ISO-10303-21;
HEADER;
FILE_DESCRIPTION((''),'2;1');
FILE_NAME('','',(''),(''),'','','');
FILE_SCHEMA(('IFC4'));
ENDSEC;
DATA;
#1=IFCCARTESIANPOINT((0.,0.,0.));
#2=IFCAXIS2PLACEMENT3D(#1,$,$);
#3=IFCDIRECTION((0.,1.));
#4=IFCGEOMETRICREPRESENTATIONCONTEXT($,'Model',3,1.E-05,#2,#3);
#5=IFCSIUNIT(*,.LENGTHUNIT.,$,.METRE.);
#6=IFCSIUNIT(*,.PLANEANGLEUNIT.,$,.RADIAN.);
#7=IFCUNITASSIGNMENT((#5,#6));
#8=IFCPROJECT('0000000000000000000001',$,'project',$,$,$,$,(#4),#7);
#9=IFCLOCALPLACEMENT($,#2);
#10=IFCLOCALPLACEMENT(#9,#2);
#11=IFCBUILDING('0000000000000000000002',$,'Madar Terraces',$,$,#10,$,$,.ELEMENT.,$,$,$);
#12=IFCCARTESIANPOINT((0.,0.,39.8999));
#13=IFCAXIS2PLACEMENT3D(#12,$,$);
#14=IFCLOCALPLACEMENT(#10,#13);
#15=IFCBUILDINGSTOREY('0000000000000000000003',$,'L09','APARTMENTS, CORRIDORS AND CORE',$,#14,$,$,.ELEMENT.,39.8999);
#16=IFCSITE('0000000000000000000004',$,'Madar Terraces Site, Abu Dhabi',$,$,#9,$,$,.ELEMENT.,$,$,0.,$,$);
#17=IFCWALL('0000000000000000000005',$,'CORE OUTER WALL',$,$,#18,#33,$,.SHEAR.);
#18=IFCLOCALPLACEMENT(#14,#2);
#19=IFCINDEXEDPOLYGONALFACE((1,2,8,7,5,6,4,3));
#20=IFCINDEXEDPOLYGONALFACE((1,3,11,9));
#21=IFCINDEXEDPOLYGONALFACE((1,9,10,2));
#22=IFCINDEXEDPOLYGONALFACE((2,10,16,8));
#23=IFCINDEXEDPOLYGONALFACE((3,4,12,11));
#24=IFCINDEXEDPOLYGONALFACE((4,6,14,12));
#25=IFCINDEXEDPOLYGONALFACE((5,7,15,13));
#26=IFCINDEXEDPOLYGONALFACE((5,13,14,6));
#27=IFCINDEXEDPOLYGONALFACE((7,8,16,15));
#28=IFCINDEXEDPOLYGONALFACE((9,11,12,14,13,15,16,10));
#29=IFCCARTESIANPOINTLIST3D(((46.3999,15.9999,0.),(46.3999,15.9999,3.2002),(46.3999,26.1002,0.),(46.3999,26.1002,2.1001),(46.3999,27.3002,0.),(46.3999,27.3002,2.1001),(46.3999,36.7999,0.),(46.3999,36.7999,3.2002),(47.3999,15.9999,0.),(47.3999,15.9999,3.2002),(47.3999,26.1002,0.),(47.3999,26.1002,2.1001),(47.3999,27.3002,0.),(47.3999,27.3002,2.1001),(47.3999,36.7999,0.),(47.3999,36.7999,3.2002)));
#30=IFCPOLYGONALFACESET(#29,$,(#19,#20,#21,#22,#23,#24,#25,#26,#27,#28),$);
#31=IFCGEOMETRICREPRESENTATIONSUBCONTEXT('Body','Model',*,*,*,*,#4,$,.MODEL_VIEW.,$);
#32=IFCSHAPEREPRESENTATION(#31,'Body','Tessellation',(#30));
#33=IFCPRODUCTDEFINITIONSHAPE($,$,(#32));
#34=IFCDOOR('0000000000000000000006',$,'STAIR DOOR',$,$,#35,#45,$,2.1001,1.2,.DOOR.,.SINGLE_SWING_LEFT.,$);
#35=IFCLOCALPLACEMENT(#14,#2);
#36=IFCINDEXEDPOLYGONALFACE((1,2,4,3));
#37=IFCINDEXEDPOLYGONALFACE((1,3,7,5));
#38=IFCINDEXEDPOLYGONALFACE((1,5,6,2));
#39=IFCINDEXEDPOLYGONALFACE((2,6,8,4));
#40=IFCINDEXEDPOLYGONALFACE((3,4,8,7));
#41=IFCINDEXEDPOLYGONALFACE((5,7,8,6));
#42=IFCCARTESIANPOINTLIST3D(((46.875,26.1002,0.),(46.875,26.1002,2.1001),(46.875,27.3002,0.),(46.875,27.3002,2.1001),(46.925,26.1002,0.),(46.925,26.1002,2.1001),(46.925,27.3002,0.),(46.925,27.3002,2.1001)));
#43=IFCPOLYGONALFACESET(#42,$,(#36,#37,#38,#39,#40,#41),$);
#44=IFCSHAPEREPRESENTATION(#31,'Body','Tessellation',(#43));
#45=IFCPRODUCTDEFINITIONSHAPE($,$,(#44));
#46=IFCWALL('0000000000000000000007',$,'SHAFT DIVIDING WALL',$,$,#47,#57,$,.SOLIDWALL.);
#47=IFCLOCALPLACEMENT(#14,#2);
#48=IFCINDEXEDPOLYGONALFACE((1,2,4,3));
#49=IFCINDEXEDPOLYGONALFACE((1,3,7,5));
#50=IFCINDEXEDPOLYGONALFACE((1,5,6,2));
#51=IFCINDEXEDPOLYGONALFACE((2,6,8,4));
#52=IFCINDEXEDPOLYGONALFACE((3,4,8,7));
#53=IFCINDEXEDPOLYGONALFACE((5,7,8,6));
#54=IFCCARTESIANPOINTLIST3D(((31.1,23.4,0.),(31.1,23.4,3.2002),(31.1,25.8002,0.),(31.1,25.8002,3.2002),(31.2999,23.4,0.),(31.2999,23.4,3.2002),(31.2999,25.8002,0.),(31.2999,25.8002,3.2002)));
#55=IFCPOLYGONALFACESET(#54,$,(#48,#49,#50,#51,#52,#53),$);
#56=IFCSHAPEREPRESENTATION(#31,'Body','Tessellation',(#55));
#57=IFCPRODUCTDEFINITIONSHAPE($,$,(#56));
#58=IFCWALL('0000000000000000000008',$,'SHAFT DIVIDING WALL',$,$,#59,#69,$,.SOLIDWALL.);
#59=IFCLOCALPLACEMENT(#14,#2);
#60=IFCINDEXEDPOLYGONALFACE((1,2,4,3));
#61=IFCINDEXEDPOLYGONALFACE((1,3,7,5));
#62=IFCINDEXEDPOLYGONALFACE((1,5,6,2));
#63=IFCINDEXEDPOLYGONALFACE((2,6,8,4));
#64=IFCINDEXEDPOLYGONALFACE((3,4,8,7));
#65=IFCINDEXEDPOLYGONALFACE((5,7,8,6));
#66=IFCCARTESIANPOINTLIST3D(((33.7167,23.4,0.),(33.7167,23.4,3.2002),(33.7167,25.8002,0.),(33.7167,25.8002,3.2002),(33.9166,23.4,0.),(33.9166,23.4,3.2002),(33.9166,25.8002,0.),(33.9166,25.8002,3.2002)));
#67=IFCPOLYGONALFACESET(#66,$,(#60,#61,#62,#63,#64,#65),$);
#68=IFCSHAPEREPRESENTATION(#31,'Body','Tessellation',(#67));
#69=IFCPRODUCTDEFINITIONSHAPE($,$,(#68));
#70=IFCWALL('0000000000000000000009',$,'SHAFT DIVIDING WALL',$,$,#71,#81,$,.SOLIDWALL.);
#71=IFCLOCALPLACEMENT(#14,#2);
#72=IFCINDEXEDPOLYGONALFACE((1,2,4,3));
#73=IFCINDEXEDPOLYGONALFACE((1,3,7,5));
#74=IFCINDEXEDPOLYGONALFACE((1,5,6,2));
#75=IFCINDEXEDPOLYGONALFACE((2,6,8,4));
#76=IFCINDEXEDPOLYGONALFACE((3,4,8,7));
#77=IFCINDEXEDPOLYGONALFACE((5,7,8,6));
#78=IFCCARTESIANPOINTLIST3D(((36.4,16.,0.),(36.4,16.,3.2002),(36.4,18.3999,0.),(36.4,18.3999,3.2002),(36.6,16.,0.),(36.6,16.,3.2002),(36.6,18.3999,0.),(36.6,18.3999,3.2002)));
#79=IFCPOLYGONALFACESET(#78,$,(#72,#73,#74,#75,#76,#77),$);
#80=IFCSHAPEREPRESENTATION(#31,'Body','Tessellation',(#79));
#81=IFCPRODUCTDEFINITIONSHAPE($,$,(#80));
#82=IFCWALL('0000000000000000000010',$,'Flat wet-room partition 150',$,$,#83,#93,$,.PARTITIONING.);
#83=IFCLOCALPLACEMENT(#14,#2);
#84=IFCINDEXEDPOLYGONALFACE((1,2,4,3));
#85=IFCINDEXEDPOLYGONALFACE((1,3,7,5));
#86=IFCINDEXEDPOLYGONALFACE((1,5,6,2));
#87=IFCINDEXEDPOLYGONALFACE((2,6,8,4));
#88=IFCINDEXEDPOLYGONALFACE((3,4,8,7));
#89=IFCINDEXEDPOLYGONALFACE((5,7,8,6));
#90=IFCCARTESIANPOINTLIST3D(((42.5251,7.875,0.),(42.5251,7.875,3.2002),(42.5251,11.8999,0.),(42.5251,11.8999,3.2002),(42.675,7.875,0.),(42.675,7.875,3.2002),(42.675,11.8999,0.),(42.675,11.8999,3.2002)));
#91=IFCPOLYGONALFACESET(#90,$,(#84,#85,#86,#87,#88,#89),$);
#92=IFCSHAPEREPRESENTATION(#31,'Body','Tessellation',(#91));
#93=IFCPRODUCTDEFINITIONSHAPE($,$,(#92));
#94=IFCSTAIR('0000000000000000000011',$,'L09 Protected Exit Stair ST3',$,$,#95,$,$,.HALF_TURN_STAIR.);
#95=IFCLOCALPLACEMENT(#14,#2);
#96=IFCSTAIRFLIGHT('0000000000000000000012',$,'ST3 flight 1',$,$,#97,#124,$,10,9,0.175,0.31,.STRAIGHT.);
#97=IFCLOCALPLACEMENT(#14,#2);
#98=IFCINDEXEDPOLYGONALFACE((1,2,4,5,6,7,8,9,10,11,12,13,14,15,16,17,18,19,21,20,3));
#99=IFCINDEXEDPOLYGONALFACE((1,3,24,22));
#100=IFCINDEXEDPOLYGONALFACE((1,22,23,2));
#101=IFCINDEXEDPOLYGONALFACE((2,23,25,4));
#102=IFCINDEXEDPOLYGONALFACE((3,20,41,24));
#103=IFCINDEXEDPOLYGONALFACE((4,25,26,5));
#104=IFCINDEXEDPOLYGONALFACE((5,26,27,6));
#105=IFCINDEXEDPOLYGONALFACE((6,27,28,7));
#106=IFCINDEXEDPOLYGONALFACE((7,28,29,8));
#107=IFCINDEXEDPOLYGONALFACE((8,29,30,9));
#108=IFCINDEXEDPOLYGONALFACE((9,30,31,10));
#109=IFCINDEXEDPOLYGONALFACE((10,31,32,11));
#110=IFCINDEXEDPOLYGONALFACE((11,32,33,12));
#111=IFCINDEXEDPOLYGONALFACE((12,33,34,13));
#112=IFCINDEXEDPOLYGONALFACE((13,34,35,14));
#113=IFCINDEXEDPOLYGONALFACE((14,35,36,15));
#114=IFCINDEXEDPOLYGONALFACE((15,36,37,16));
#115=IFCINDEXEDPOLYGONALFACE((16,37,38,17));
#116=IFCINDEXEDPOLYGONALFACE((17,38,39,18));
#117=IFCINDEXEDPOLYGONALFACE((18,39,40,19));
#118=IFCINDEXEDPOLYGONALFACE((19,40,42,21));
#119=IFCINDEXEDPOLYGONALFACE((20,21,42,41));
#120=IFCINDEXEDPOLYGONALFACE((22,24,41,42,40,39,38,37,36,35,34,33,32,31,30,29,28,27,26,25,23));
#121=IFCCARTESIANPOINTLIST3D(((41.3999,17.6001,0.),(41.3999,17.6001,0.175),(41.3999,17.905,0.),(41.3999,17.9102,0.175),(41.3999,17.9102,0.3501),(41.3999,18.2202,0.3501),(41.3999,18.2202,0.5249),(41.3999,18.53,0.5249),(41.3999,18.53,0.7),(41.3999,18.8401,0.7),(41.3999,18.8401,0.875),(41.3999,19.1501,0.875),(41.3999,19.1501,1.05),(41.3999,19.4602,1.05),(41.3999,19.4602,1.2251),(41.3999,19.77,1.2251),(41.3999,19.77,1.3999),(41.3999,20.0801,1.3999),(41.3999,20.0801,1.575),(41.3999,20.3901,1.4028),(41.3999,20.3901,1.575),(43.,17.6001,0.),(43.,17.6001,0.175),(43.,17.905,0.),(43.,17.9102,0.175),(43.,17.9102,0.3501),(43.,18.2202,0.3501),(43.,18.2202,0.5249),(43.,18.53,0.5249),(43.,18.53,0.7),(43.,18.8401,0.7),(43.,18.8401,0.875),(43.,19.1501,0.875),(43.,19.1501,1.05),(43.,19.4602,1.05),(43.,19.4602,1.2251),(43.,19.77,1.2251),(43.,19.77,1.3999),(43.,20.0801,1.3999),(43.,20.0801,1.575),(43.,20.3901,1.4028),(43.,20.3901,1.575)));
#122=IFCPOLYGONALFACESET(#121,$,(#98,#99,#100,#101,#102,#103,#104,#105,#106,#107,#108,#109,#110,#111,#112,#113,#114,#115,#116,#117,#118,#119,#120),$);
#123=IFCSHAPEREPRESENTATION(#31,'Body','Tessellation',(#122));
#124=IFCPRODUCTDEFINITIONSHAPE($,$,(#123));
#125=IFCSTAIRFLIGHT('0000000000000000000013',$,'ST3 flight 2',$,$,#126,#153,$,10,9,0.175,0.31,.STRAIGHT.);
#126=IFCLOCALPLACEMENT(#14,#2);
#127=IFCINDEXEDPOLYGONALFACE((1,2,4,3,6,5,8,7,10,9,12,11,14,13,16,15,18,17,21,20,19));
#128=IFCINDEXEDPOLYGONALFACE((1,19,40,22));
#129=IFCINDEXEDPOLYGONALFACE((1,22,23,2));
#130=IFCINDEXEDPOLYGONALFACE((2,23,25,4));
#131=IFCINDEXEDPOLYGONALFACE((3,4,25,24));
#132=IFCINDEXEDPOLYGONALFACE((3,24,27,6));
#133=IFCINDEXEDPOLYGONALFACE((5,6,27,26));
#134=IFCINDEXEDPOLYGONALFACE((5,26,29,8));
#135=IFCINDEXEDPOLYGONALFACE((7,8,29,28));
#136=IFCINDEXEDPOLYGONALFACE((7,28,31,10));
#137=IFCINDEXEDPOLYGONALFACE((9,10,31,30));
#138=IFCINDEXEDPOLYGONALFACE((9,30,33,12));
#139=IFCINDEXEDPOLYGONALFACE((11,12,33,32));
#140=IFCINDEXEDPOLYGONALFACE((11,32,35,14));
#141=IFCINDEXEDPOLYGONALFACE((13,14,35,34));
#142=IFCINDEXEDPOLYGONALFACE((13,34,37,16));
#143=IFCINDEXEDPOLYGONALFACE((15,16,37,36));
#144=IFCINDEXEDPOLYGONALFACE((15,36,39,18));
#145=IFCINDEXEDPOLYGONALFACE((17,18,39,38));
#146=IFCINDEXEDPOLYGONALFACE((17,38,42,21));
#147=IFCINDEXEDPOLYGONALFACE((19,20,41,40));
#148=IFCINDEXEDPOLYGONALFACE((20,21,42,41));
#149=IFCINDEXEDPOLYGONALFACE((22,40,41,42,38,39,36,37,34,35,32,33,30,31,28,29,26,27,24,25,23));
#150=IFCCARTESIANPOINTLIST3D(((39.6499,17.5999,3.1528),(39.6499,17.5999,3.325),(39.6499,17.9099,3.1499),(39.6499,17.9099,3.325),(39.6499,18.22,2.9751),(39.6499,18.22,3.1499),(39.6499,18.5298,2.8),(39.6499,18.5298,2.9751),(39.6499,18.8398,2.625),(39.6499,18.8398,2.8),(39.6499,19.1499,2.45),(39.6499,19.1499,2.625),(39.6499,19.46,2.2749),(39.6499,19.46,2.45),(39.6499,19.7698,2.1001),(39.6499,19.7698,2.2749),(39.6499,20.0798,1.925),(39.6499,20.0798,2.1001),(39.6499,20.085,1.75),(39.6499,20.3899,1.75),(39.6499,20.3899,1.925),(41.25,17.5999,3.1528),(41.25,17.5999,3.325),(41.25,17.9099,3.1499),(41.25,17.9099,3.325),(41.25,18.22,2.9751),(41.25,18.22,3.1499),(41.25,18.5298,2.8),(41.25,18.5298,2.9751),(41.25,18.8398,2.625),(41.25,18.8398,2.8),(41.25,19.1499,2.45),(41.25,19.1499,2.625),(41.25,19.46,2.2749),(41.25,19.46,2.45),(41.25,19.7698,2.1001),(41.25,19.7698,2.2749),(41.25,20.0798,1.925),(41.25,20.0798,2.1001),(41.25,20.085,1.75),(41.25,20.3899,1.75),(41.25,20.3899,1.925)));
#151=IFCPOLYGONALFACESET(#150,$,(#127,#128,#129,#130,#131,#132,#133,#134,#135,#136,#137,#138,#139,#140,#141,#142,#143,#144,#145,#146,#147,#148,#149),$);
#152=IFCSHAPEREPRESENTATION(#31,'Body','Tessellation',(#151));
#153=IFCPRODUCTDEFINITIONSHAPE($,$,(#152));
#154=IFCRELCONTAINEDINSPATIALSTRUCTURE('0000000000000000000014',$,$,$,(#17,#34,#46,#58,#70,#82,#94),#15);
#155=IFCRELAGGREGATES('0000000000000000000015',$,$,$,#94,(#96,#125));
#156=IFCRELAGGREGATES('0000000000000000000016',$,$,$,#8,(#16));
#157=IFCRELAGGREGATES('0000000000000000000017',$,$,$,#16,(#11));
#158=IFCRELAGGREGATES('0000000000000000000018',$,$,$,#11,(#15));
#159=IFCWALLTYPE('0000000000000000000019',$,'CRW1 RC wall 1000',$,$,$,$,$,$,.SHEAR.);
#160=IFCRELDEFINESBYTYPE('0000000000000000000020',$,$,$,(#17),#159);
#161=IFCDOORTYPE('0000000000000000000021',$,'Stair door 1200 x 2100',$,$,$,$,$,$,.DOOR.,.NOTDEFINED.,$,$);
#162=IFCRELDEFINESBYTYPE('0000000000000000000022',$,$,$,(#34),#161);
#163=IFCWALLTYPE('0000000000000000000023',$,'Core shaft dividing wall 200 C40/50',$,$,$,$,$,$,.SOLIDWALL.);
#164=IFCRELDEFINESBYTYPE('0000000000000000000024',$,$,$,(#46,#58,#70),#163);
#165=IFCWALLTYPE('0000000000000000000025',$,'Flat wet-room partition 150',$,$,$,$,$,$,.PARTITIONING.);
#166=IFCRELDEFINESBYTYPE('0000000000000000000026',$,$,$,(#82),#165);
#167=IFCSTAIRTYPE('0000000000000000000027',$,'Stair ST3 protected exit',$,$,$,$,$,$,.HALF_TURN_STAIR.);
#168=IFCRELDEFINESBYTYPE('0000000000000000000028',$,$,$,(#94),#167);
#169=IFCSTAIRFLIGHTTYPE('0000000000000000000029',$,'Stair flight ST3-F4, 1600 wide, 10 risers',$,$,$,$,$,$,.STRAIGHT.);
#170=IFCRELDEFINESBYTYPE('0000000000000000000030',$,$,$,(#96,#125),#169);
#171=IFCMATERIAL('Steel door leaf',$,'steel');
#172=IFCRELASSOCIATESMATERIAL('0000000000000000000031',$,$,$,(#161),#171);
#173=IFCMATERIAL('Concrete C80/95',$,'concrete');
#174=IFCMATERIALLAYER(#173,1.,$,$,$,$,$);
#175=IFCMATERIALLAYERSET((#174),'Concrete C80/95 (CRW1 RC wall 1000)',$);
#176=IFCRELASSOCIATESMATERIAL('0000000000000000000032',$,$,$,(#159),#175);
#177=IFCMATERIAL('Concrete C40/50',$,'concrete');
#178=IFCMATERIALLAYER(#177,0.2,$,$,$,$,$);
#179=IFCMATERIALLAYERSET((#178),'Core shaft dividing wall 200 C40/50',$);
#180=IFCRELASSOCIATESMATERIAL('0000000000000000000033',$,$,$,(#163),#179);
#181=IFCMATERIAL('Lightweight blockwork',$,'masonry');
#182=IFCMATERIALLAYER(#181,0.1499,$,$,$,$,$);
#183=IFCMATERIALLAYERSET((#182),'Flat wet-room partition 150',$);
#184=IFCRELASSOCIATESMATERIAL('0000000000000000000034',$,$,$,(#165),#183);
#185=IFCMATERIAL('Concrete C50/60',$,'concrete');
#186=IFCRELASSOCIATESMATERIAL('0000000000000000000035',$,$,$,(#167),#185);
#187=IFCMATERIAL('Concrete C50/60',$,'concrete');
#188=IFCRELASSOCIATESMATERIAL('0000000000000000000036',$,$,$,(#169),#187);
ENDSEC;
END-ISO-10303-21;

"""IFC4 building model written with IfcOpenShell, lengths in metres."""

from ifc_helpers import new_model, si_unit, direction, frame, frame_2d, origin, place, context, subcontext, project, spatial, polyline, rectangle, outline, extrude, material, layer, layer_set, type_object, element, fill, aggregate, save


model = new_model("IFC4")

# Units and contexts
model_context = context("Model", 3, precision=1e-05, world=origin(), true_north=direction((0.0, 1.0)))
body_context = subcontext(model_context, "Body", "Model", "MODEL_VIEW")
ifc_project = project(units=[si_unit("LENGTHUNIT", "METRE"), si_unit("PLANEANGLEUNIT", "RADIAN")], contexts=[model_context])

# Site, building, storey
site_placement = place(None, origin())
site = spatial("IfcSite", under=ifc_project, at=site_placement, Name="Madar Terraces Site, Abu Dhabi", CompositionType="ELEMENT", RefElevation=0.0)
building_placement = place(site_placement, origin())
building = spatial("IfcBuilding", under=site, at=building_placement, Name="Madar Terraces", CompositionType="ELEMENT")
storey_placement = place(building_placement, frame((0.0, 0.0, 39.8999)))
storey = spatial("IfcBuildingStorey", under=building, at=storey_placement, Name="L09", Description="APARTMENTS, CORRIDORS AND CORE", CompositionType="ELEMENT", Elevation=39.8999)

# Shared definitions
ifc_material_1 = material(Name="Steel door leaf", Category="steel")
door_type_1 = type_object("IfcDoorType", Name="Stair door 1200 x 2100", OperationType="NOTDEFINED", PredefinedType="DOOR", material=ifc_material_1)

# Wall, opening, door
ifc_material_2 = material(Name="Concrete C80/95", Category="concrete")
ifc_layer_1 = layer(ifc_material_2, 1.0)
ifc_layer_set_1 = layer_set([ifc_layer_1], Name="Concrete C80/95 (CRW1 RC wall 1000)")
wall_type_1 = type_object("IfcWallType", Name="CRW1 RC wall 1000", PredefinedType="SHEAR", material=ifc_layer_set_1)
wall_1_placement = place(storey_placement, frame((46.8999, 16.0, 0.0), z_axis=(0.0, 0.0, 1.0), x_axis=(0.0, 1.0, 0.0)))
wall_1 = element("IfcWall", 1, at=wall_1_placement, inside=storey, type_object=wall_type_1, Name="CORE OUTER WALL", PredefinedType="SHEAR", context=body_context, shape_type="SweptSolid", body=[
    extrude(rectangle(XDim=20.8, YDim=1.0, at=frame_2d((10.3999, 0.0))), origin(), (0.0, 0.0, 1.0), 3.2002),
])
opening_1_placement = place(wall_1_placement, frame((10.1001, 0.0, 0.0)))
opening_1 = element("IfcOpeningElement", 2, at=opening_1_placement, cuts=wall_1, PredefinedType="OPENING", context=body_context, shape_type="SweptSolid", body=[
    extrude(rectangle(XDim=1.2, YDim=2.1001, at=frame_2d((0.6001, 1.05))), frame((0.0, 0.51, 0.0), z_axis=(0.0, -1.0, 0.0), x_axis=(1.0, 0.0, 0.0)), (0.0, 0.0, 1.0), 1.02),
])
door_1_placement = place(opening_1_placement, origin())
door_1 = element("IfcDoor", 3, at=door_1_placement, inside=storey, type_object=door_type_1, Name="STAIR DOOR", OperationType="SINGLE_SWING_LEFT", OverallHeight=2.1001, OverallWidth=1.2, PredefinedType="DOOR", context=body_context, shape_type="SweptSolid", body=[
    extrude(rectangle(XDim=1.2, YDim=2.1001, at=frame_2d((0.6001, 1.05))), frame((0.0, 0.0249, 0.0), z_axis=(0.0, -1.0, 0.0), x_axis=(1.0, 0.0, 0.0)), (0.0, 0.0, 1.0), 0.05),
])
fill(opening_1, door_1)

# Walls
ifc_material_3 = material(Name="Concrete C40/50", Category="concrete")
ifc_layer_2 = layer(ifc_material_3, 0.2)
ifc_layer_set_2 = layer_set([ifc_layer_2], Name="Core shaft dividing wall 200 C40/50")
wall_type_2 = type_object("IfcWallType", Name="Core shaft dividing wall 200 C40/50", PredefinedType="SOLIDWALL", material=ifc_layer_set_2)
for number, where, z_axis, x_axis, name in (
    (4, (31.2, 23.3999, 0.0), (0.0, 0.0, 1.0), (0.0, 1.0, 0.0), "SHAFT DIVIDING WALL"),
    (5, (33.8167, 23.3999, 0.0), (0.0, 0.0, 1.0), (0.0, 1.0, 0.0), "SHAFT DIVIDING WALL"),
):
    element("IfcWall", number, at=place(storey_placement, frame(where, z_axis=z_axis, x_axis=x_axis)), inside=storey, type_object=wall_type_2, Name=name, PredefinedType="SOLIDWALL", context=body_context, shape_type="SweptSolid", body=[
        extrude(rectangle(XDim=2.4001, YDim=0.2, at=frame_2d((1.2002, 0.0))), origin(), (0.0, 0.0, 1.0), 3.2002),
    ])
wall_2_placement = place(storey_placement, frame((36.5, 16.0, 0.0), z_axis=(0.0, 0.0, 1.0), x_axis=(0.0, 1.0, 0.0)))
element("IfcWall", 6, at=wall_2_placement, inside=storey, type_object=wall_type_2, Name="SHAFT DIVIDING WALL", PredefinedType="SOLIDWALL", context=body_context, shape_type="SweptSolid", body=[
    extrude(rectangle(XDim=2.3999, YDim=0.2, at=frame_2d((1.2, 0.0))), origin(), (0.0, 0.0, 1.0), 3.2002),
])
ifc_material_4 = material(Name="Lightweight blockwork", Category="masonry")
ifc_layer_3 = layer(ifc_material_4, 0.1499)
ifc_layer_set_3 = layer_set([ifc_layer_3], Name="Flat wet-room partition 150")
wall_type_3 = type_object("IfcWallType", Name="Flat wet-room partition 150", PredefinedType="PARTITIONING", material=ifc_layer_set_3)
wall_3_placement = place(storey_placement, frame((42.6001, 11.8999, 0.0), z_axis=(0.0, 0.0, 1.0), x_axis=(0.0, -1.0, 0.0)))
element("IfcWall", 7, at=wall_3_placement, inside=storey, type_object=wall_type_3, Name="Flat wet-room partition 150", PredefinedType="PARTITIONING", context=body_context, shape_type="SweptSolid", body=[
    extrude(rectangle(XDim=4.0249, YDim=0.1499, at=frame_2d((2.0125, 0.0))), origin(), (0.0, 0.0, 1.0), 3.2002),
])

# Stair, stair flights
ifc_material_5 = material(Name="Concrete C50/60", Category="concrete")
stair_type = type_object("IfcStairType", Name="Stair ST3 protected exit", PredefinedType="HALF_TURN_STAIR", material=ifc_material_5)
stair_placement = place(storey_placement, origin())
stair = element("IfcStair", 8, at=stair_placement, inside=storey, type_object=stair_type, Name="L09 Protected Exit Stair ST3", PredefinedType="HALF_TURN_STAIR")
ifc_material_6 = material(Name="Concrete C50/60", Category="concrete")
stair_flight_type = type_object("IfcStairFlightType", Name="Stair flight ST3-F4, 1600 wide, 10 risers", PredefinedType="STRAIGHT", material=ifc_material_6)
stair_flight_1_placement = place(storey_placement, frame((42.2, 17.6001, 0.0), z_axis=(0.0, 0.0, 1.0), x_axis=(0.0, 1.0, 0.0)))
stair_flight_1 = element("IfcStairFlight", 9, at=stair_flight_1_placement, type_object=stair_flight_type, Name="ST3 flight 1", NumberOfRisers=10, NumberOfTreads=9, PredefinedType="STRAIGHT", RiserHeight=0.175, TreadLength=0.31, context=body_context, shape_type="SweptSolid", body=[
    extrude(outline(polyline([(0.0, 0.0), (0.0, 0.175), (0.3101, 0.175), (0.3101, 0.3501), (0.6201, 0.3501), (0.6201, 0.5249), (0.9299, 0.5249), (0.9299, 0.7), (1.24, 0.7), (1.24, 0.875), (1.55, 0.875), (1.55, 1.05), (1.8601, 1.05), (1.8601, 1.2251), (2.1699, 1.2251), (2.1699, 1.3999), (2.48, 1.3999), (2.48, 1.575), (2.79, 1.575), (2.79, 1.75), (2.79, 1.4028), (0.3049, 0.0), (0.0, 0.0)])), frame((0.0, 0.8, 0.0), z_axis=(0.0, -1.0, 0.0), x_axis=(1.0, 0.0, 0.0)), (0.0, 0.0, 1.0), 1.6001),
])
stair_flight_2_placement = place(storey_placement, frame((40.45, 20.3899, 1.75), z_axis=(0.0, 0.0, 1.0), x_axis=(0.0, -1.0, 0.0)))
stair_flight_2 = element("IfcStairFlight", 10, at=stair_flight_2_placement, type_object=stair_flight_type, Name="ST3 flight 2", NumberOfRisers=10, NumberOfTreads=9, PredefinedType="STRAIGHT", RiserHeight=0.175, TreadLength=0.31, context=body_context, shape_type="SweptSolid", body=[
    extrude(outline(polyline([(0.0, 0.0), (0.0, 0.175), (0.3101, 0.175), (0.3101, 0.3501), (0.6201, 0.3501), (0.6201, 0.5249), (0.9299, 0.5249), (0.9299, 0.7), (1.24, 0.7), (1.24, 0.875), (1.55, 0.875), (1.55, 1.05), (1.8601, 1.05), (1.8601, 1.2251), (2.1699, 1.2251), (2.1699, 1.3999), (2.48, 1.3999), (2.48, 1.575), (2.79, 1.575), (2.79, 1.75), (2.79, 1.4028), (0.3049, 0.0), (0.0, 0.0)])), frame((0.0, 0.8, 0.0), z_axis=(0.0, -1.0, 0.0), x_axis=(1.0, 0.0, 0.0)), (0.0, 0.0, 1.0), 1.6001),
])
aggregate(stair, [stair_flight_1, stair_flight_2])

save(model, "model.ifc")
